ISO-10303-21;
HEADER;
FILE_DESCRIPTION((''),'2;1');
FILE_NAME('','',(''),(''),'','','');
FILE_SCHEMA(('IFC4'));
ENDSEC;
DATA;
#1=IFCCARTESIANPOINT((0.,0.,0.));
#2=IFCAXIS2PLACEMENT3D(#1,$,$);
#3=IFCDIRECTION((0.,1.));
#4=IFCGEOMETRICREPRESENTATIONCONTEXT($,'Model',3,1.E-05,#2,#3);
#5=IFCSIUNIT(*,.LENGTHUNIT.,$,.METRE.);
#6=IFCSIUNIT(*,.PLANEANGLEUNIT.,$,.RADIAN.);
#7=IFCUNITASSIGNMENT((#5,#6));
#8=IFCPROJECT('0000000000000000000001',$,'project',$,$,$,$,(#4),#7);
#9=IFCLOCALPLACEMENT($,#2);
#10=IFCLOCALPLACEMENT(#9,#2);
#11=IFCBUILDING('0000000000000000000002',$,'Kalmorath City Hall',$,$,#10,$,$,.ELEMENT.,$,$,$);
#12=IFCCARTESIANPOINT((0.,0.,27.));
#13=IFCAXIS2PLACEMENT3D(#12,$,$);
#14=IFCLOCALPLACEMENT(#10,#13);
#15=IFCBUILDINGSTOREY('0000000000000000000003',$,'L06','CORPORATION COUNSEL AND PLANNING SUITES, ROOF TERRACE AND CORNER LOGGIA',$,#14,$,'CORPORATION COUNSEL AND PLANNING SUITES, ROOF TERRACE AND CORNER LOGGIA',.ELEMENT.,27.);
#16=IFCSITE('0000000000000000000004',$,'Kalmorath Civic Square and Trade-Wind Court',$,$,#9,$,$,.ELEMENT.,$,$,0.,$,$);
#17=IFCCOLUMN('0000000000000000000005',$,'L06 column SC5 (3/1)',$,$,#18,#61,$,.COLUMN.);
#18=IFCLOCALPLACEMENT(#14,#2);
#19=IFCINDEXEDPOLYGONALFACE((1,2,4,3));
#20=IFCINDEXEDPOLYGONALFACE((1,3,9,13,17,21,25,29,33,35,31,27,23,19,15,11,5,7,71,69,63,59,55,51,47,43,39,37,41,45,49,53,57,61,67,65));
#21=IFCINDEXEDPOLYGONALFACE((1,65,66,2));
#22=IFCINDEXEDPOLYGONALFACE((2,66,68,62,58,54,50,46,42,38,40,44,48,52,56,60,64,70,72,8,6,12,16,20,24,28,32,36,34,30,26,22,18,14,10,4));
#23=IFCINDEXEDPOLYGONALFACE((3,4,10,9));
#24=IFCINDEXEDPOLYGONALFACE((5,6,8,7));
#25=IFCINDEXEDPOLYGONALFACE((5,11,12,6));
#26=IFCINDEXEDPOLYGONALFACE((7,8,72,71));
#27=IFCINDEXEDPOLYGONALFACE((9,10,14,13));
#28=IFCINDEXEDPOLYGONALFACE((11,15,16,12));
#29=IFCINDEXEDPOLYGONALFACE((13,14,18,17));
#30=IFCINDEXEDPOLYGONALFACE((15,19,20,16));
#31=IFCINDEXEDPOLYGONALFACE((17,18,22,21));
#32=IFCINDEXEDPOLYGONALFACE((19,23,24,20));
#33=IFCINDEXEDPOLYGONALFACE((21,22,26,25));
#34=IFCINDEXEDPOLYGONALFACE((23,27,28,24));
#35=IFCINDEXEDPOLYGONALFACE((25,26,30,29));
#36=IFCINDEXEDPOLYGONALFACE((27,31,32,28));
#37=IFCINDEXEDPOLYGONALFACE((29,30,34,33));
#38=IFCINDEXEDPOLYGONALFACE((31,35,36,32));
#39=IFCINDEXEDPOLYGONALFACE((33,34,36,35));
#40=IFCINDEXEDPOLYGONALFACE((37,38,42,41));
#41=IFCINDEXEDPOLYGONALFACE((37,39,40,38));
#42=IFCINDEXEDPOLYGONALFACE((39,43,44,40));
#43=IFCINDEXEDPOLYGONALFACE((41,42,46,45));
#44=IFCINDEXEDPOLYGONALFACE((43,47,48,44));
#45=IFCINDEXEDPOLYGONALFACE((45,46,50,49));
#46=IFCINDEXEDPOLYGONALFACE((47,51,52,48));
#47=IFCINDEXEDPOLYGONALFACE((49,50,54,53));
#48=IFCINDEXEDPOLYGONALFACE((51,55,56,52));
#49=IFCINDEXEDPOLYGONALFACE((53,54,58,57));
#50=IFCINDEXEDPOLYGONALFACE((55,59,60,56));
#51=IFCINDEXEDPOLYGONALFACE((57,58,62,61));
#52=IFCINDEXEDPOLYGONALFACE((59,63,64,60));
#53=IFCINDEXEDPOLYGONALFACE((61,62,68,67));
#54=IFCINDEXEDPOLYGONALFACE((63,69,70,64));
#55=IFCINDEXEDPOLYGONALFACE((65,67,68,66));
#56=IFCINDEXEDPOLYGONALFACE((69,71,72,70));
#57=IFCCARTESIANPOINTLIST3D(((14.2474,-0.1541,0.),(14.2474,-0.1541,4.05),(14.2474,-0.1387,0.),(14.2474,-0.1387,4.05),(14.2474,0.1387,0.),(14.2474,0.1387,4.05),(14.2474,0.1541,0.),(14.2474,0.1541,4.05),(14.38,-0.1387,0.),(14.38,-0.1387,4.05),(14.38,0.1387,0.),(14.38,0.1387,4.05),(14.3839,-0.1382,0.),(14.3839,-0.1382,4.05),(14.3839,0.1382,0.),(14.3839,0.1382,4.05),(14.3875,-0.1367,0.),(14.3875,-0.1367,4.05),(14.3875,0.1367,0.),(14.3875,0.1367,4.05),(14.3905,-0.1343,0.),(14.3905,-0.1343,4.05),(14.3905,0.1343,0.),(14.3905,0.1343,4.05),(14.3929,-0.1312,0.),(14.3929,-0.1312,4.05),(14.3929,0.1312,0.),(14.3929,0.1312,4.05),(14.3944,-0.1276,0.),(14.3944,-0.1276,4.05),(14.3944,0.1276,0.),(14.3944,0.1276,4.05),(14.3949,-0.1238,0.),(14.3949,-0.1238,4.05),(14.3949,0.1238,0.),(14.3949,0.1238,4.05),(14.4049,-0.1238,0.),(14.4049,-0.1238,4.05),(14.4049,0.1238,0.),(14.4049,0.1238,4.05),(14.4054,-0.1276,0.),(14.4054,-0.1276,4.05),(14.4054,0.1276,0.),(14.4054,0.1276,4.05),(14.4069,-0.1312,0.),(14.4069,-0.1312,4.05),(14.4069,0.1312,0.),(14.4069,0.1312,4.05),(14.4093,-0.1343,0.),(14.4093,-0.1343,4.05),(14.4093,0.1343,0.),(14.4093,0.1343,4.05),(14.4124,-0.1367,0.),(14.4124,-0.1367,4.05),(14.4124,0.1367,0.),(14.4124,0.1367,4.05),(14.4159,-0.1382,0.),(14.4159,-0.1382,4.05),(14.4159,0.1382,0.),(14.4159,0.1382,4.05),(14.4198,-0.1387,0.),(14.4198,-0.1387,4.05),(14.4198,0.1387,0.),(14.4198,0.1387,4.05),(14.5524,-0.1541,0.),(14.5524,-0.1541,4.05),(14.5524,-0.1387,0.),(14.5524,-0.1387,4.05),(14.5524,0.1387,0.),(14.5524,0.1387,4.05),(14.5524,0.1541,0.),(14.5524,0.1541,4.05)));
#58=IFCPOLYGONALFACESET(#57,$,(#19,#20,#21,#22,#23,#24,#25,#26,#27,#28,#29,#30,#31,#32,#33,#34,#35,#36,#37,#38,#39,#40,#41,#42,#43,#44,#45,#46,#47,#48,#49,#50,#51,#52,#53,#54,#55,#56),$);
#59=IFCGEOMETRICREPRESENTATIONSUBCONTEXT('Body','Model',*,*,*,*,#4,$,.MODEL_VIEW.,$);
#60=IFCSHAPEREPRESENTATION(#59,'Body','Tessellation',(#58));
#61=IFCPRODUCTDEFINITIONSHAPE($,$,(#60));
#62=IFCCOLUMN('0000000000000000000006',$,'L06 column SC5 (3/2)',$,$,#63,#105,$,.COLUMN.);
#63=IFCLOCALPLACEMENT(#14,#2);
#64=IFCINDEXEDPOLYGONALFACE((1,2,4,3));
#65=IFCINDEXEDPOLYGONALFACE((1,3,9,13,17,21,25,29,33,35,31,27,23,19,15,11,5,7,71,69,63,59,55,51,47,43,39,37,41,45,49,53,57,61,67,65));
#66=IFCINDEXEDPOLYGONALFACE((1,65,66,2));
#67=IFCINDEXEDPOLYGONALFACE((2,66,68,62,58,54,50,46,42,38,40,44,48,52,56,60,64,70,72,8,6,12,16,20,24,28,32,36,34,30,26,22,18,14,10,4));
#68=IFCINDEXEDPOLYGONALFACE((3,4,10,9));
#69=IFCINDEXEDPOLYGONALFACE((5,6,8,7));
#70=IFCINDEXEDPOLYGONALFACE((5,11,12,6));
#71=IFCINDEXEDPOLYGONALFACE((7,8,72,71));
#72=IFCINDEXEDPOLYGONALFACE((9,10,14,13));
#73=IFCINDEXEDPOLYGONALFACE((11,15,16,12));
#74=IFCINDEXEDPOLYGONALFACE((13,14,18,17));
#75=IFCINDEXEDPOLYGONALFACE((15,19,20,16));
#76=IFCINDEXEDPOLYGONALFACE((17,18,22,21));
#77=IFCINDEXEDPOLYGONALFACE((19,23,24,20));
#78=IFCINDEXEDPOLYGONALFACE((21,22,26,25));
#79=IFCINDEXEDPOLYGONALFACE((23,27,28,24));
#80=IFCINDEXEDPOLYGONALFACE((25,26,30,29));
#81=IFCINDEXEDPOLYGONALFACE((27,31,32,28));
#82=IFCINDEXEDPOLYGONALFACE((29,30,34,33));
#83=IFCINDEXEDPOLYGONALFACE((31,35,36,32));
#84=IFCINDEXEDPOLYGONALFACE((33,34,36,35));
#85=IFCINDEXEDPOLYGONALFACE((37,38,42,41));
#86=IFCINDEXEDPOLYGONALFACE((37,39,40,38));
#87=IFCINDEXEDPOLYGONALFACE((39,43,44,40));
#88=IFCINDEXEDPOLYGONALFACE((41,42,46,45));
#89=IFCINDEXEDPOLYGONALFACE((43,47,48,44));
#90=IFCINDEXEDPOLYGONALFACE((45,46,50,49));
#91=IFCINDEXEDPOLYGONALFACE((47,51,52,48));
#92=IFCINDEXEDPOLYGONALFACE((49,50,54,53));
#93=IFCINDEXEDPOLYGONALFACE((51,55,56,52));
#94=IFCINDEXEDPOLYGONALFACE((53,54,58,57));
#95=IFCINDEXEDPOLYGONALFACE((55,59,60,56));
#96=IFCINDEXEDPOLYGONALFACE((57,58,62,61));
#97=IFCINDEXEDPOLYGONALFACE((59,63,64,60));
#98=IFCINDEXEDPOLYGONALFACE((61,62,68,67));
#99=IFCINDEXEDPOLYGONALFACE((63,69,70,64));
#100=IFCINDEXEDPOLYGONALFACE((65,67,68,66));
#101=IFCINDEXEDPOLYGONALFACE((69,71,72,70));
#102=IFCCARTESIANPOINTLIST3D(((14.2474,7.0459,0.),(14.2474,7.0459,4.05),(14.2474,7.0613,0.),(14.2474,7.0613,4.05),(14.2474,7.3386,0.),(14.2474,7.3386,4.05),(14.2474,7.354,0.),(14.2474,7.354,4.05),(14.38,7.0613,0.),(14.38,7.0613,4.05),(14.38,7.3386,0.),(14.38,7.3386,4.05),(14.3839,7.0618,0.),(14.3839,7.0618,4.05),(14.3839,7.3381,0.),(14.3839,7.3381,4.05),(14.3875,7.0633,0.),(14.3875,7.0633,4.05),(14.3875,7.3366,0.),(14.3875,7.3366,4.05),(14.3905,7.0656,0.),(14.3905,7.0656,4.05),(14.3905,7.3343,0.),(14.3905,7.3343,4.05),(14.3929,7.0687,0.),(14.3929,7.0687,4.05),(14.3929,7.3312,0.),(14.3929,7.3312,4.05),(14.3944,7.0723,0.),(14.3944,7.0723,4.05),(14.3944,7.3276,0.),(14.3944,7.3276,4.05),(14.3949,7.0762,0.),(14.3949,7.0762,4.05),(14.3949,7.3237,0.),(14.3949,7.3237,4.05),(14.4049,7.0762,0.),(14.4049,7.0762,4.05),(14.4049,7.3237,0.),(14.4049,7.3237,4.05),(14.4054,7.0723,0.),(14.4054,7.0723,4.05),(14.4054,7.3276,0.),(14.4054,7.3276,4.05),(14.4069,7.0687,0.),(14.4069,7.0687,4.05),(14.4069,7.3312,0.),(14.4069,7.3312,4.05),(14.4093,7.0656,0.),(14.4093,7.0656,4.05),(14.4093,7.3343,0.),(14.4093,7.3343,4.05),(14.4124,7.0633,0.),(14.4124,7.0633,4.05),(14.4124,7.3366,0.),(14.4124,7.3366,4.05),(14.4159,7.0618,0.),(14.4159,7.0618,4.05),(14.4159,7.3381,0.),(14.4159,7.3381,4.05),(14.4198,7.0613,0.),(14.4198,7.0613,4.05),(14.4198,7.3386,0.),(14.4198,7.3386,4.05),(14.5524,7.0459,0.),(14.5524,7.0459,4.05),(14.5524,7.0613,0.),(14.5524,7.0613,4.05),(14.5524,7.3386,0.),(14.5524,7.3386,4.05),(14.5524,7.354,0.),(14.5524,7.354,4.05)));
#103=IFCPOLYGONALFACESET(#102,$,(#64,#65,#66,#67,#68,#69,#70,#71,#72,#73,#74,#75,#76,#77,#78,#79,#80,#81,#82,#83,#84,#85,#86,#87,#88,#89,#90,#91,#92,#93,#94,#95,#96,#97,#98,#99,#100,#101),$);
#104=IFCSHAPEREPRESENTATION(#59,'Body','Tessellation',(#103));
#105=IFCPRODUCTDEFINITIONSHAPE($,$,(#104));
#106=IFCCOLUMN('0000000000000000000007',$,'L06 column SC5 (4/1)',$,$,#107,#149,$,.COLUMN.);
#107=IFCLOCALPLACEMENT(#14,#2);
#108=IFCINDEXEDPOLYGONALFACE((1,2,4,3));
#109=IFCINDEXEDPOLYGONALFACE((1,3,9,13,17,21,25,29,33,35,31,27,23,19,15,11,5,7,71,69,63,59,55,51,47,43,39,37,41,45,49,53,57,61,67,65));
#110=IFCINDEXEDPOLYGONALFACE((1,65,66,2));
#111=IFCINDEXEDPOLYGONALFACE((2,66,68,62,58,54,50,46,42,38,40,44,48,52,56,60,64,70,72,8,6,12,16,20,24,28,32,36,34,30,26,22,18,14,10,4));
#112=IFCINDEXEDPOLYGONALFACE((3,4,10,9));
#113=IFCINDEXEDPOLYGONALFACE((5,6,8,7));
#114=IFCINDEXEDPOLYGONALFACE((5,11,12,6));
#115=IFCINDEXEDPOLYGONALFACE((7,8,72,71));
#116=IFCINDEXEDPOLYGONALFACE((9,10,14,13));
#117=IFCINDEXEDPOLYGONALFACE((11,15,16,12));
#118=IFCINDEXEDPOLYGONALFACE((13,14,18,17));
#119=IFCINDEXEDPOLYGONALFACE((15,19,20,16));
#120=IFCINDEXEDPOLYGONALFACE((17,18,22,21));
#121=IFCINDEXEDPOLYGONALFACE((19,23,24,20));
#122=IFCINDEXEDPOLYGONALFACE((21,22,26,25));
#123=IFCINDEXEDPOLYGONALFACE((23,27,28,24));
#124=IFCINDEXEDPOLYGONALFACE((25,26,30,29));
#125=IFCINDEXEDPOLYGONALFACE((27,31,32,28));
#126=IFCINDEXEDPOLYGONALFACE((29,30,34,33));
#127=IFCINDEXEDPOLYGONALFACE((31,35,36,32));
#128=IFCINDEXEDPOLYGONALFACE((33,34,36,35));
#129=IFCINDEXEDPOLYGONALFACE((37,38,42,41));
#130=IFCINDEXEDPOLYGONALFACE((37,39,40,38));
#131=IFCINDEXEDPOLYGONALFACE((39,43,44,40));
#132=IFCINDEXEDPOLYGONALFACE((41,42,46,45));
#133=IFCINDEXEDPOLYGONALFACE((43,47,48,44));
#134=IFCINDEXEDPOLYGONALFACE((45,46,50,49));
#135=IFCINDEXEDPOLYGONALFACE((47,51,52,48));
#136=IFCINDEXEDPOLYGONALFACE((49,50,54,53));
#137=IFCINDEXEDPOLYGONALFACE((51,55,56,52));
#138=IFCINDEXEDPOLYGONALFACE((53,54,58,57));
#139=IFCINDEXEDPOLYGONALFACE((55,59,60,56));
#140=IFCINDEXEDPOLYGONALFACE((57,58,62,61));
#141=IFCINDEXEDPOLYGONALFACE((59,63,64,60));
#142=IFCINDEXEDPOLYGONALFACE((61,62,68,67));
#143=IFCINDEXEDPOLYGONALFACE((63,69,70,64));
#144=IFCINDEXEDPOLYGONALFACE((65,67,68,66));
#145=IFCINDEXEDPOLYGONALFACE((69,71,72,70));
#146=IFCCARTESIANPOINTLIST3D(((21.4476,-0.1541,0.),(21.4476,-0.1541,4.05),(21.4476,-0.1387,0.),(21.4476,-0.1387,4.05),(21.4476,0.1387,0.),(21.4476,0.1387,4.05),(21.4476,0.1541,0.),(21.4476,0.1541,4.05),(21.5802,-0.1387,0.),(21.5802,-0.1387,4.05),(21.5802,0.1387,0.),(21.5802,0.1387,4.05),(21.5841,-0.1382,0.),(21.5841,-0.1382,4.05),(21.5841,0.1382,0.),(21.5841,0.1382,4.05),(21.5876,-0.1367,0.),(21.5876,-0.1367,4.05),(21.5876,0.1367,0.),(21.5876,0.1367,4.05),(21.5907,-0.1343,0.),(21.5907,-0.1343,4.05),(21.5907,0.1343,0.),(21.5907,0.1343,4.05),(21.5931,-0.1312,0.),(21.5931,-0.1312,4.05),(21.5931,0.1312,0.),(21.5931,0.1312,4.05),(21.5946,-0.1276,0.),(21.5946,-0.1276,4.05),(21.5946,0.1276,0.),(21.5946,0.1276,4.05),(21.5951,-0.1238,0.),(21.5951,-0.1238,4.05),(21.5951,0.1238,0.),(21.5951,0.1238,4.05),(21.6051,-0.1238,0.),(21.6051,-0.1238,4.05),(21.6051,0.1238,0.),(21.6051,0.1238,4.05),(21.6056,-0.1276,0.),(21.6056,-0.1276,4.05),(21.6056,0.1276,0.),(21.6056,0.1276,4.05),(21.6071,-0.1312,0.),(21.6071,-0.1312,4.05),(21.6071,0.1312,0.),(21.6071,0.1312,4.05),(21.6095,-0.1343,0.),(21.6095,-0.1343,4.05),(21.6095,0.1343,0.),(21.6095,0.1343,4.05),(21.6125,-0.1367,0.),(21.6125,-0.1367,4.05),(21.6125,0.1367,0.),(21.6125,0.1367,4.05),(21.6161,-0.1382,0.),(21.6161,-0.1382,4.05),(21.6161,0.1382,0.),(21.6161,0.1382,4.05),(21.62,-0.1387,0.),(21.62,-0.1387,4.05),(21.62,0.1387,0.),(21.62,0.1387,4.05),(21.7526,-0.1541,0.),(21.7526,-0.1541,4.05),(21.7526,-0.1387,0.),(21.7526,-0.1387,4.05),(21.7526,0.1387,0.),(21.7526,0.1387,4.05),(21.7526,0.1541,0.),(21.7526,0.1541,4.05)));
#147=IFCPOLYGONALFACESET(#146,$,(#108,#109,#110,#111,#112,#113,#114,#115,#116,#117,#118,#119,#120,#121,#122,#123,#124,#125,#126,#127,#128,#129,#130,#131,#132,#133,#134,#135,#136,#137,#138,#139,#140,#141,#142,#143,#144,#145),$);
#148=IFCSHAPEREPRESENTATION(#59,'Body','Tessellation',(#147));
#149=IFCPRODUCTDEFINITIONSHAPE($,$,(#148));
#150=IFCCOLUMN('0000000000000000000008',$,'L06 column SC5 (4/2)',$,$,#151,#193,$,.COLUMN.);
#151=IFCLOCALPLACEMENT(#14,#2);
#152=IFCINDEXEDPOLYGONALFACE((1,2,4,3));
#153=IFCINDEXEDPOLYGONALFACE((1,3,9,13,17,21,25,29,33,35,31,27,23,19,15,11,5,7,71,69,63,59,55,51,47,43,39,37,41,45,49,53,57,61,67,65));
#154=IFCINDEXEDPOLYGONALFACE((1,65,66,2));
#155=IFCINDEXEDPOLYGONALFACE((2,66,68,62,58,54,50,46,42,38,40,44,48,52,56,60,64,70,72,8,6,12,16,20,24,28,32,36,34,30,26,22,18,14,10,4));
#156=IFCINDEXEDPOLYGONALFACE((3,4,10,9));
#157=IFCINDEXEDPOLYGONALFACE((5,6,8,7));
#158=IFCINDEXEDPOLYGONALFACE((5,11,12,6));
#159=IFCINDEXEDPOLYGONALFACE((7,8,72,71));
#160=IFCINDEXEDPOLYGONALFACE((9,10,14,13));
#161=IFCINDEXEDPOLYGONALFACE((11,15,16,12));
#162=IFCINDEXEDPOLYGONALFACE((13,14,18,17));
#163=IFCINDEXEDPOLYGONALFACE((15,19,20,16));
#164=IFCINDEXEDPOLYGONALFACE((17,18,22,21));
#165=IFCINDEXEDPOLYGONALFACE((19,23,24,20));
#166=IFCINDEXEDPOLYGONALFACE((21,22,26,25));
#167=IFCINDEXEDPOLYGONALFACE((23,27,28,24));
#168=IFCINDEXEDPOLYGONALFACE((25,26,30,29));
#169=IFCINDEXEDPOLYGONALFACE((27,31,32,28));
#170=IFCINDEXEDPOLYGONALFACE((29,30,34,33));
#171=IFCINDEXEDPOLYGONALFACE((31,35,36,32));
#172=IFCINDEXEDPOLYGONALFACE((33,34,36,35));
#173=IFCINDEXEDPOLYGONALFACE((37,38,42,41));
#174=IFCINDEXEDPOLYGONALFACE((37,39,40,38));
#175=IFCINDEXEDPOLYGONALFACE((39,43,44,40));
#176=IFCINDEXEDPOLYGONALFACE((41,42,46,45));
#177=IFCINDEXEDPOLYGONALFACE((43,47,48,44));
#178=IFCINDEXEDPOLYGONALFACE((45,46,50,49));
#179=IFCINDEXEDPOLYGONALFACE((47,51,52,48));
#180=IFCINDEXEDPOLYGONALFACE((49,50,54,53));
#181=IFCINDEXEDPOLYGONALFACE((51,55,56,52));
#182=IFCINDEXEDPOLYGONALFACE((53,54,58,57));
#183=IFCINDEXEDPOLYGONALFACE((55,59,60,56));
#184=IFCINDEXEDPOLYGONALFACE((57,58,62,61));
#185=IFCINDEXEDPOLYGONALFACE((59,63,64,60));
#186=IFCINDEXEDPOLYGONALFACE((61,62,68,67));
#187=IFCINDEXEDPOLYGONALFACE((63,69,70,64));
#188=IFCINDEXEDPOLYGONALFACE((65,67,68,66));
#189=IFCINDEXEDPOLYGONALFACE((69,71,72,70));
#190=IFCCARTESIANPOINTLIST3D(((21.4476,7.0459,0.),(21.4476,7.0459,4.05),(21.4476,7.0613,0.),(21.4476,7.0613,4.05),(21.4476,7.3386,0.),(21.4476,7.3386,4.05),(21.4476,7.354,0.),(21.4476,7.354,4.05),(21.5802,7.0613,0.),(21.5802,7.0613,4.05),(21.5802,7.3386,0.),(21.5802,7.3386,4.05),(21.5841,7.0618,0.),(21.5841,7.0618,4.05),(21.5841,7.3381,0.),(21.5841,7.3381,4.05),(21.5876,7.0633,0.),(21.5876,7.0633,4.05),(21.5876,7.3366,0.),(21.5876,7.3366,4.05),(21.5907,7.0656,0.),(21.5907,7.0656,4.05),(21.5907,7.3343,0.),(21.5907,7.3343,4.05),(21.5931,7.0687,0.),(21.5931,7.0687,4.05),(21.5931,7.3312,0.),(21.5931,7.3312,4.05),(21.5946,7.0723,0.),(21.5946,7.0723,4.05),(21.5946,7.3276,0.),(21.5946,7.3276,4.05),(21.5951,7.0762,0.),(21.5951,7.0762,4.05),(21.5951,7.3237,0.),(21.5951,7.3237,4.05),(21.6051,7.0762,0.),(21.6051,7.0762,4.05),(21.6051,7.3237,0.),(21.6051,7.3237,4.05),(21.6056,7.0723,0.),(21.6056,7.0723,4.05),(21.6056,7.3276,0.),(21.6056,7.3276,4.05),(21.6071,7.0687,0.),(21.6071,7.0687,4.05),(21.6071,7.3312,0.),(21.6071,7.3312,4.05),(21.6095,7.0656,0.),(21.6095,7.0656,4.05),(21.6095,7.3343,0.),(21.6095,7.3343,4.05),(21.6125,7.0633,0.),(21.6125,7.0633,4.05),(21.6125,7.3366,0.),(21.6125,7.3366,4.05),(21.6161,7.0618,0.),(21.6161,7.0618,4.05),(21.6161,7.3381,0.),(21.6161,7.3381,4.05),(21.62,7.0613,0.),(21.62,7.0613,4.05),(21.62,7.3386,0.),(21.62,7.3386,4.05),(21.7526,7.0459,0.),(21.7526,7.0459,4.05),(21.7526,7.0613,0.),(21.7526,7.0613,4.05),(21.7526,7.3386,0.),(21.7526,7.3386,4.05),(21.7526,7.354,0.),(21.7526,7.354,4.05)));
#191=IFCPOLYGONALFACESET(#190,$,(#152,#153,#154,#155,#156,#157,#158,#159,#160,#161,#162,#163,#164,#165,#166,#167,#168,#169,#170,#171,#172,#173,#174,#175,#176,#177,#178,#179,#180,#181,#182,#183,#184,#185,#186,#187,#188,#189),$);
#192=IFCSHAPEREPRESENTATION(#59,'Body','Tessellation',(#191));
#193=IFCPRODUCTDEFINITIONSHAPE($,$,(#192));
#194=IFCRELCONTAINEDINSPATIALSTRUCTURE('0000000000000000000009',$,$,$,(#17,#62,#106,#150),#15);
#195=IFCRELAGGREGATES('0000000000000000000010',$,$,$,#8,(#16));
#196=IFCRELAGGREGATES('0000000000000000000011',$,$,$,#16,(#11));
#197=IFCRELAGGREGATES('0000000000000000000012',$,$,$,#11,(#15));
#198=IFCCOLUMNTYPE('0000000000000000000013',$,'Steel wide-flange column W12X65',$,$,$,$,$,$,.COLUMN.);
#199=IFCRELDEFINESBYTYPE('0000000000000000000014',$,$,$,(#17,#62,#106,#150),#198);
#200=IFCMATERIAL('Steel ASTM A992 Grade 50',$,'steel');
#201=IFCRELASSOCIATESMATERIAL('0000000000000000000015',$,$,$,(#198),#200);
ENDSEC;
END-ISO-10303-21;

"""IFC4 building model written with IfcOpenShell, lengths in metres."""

from ifc_helpers import new_model, si_unit, direction, frame, origin, origin_2d, place, context, subcontext, project, spatial, i_section, extrude, material, material_profile, profile_set, type_object, element, save


model = new_model("IFC4")

# Units and contexts
model_context = context("Model", 3, precision=1e-05, world=origin(), true_north=direction((0.0, 1.0)))
body_context = subcontext(model_context, "Body", "Model", "MODEL_VIEW")
ifc_project = project(units=[si_unit("LENGTHUNIT", "METRE"), si_unit("PLANEANGLEUNIT", "RADIAN")], contexts=[model_context])

# Site, building, storey
site_placement = place(None, origin())
site = spatial("IfcSite", under=ifc_project, at=site_placement, Name="Kalmorath Civic Square and Trade-Wind Court", CompositionType="ELEMENT", RefElevation=0.0)
building_placement = place(site_placement, origin())
building = spatial("IfcBuilding", under=site, at=building_placement, Name="Kalmorath City Hall", CompositionType="ELEMENT")
storey_placement = place(building_placement, frame((0.0, 0.0, 27.0)))
storey = spatial("IfcBuildingStorey", under=building, at=storey_placement, Name="L06", Description="CORPORATION COUNSEL AND PLANNING SUITES, ROOF TERRACE AND CORNER LOGGIA", LongName="CORPORATION COUNSEL AND PLANNING SUITES, ROOF TERRACE AND CORNER LOGGIA", CompositionType="ELEMENT", Elevation=27.0)

# Columns
ifc_material_1 = material(Name="Steel ASTM A992 Grade 50", Category="steel")
ifc_material_profile_1 = material_profile(ifc_material_1, i_section(OverallWidth=0.3049, OverallDepth=0.3081, WebThickness=0.01, FlangeThickness=0.0154, FilletRadius=0.0149, at=origin_2d()), Name="W12X65")
ifc_profile_set_1 = profile_set([ifc_material_profile_1], Name="Steel ASTM A992 Grade 50")
column_type = type_object("IfcColumnType", Name="Steel wide-flange column W12X65", PredefinedType="COLUMN", material=ifc_profile_set_1)
for number, where, z_axis, x_axis, name in (
    (1, (14.3999, 0.0, 0.0), (0.0, 0.0, 1.0), (1.0, 0.0, 0.0), "L06 column SC5 (3/1)"),
    (2, (14.3999, 7.2, 0.0), (0.0, 0.0, 1.0), (1.0, 0.0, 0.0), "L06 column SC5 (3/2)"),
    (3, (21.6001, 0.0, 0.0), (0.0, 0.0, 1.0), (1.0, 0.0, 0.0), "L06 column SC5 (4/1)"),
    (4, (21.6001, 7.2, 0.0), (0.0, 0.0, 1.0), (1.0, 0.0, 0.0), "L06 column SC5 (4/2)"),
):
    element("IfcColumn", number, at=place(storey_placement, frame(where, z_axis=z_axis, x_axis=x_axis)), inside=storey, type_object=column_type, Name=name, PredefinedType="COLUMN", context=body_context, shape_type="SweptSolid", body=[
        extrude(i_section(OverallWidth=0.3049, OverallDepth=0.3081, WebThickness=0.01, FlangeThickness=0.0154, FilletRadius=0.0149, at=origin_2d()), origin(), (0.0, 0.0, 1.0), 4.05),
    ])

save(model, "model.ifc")
